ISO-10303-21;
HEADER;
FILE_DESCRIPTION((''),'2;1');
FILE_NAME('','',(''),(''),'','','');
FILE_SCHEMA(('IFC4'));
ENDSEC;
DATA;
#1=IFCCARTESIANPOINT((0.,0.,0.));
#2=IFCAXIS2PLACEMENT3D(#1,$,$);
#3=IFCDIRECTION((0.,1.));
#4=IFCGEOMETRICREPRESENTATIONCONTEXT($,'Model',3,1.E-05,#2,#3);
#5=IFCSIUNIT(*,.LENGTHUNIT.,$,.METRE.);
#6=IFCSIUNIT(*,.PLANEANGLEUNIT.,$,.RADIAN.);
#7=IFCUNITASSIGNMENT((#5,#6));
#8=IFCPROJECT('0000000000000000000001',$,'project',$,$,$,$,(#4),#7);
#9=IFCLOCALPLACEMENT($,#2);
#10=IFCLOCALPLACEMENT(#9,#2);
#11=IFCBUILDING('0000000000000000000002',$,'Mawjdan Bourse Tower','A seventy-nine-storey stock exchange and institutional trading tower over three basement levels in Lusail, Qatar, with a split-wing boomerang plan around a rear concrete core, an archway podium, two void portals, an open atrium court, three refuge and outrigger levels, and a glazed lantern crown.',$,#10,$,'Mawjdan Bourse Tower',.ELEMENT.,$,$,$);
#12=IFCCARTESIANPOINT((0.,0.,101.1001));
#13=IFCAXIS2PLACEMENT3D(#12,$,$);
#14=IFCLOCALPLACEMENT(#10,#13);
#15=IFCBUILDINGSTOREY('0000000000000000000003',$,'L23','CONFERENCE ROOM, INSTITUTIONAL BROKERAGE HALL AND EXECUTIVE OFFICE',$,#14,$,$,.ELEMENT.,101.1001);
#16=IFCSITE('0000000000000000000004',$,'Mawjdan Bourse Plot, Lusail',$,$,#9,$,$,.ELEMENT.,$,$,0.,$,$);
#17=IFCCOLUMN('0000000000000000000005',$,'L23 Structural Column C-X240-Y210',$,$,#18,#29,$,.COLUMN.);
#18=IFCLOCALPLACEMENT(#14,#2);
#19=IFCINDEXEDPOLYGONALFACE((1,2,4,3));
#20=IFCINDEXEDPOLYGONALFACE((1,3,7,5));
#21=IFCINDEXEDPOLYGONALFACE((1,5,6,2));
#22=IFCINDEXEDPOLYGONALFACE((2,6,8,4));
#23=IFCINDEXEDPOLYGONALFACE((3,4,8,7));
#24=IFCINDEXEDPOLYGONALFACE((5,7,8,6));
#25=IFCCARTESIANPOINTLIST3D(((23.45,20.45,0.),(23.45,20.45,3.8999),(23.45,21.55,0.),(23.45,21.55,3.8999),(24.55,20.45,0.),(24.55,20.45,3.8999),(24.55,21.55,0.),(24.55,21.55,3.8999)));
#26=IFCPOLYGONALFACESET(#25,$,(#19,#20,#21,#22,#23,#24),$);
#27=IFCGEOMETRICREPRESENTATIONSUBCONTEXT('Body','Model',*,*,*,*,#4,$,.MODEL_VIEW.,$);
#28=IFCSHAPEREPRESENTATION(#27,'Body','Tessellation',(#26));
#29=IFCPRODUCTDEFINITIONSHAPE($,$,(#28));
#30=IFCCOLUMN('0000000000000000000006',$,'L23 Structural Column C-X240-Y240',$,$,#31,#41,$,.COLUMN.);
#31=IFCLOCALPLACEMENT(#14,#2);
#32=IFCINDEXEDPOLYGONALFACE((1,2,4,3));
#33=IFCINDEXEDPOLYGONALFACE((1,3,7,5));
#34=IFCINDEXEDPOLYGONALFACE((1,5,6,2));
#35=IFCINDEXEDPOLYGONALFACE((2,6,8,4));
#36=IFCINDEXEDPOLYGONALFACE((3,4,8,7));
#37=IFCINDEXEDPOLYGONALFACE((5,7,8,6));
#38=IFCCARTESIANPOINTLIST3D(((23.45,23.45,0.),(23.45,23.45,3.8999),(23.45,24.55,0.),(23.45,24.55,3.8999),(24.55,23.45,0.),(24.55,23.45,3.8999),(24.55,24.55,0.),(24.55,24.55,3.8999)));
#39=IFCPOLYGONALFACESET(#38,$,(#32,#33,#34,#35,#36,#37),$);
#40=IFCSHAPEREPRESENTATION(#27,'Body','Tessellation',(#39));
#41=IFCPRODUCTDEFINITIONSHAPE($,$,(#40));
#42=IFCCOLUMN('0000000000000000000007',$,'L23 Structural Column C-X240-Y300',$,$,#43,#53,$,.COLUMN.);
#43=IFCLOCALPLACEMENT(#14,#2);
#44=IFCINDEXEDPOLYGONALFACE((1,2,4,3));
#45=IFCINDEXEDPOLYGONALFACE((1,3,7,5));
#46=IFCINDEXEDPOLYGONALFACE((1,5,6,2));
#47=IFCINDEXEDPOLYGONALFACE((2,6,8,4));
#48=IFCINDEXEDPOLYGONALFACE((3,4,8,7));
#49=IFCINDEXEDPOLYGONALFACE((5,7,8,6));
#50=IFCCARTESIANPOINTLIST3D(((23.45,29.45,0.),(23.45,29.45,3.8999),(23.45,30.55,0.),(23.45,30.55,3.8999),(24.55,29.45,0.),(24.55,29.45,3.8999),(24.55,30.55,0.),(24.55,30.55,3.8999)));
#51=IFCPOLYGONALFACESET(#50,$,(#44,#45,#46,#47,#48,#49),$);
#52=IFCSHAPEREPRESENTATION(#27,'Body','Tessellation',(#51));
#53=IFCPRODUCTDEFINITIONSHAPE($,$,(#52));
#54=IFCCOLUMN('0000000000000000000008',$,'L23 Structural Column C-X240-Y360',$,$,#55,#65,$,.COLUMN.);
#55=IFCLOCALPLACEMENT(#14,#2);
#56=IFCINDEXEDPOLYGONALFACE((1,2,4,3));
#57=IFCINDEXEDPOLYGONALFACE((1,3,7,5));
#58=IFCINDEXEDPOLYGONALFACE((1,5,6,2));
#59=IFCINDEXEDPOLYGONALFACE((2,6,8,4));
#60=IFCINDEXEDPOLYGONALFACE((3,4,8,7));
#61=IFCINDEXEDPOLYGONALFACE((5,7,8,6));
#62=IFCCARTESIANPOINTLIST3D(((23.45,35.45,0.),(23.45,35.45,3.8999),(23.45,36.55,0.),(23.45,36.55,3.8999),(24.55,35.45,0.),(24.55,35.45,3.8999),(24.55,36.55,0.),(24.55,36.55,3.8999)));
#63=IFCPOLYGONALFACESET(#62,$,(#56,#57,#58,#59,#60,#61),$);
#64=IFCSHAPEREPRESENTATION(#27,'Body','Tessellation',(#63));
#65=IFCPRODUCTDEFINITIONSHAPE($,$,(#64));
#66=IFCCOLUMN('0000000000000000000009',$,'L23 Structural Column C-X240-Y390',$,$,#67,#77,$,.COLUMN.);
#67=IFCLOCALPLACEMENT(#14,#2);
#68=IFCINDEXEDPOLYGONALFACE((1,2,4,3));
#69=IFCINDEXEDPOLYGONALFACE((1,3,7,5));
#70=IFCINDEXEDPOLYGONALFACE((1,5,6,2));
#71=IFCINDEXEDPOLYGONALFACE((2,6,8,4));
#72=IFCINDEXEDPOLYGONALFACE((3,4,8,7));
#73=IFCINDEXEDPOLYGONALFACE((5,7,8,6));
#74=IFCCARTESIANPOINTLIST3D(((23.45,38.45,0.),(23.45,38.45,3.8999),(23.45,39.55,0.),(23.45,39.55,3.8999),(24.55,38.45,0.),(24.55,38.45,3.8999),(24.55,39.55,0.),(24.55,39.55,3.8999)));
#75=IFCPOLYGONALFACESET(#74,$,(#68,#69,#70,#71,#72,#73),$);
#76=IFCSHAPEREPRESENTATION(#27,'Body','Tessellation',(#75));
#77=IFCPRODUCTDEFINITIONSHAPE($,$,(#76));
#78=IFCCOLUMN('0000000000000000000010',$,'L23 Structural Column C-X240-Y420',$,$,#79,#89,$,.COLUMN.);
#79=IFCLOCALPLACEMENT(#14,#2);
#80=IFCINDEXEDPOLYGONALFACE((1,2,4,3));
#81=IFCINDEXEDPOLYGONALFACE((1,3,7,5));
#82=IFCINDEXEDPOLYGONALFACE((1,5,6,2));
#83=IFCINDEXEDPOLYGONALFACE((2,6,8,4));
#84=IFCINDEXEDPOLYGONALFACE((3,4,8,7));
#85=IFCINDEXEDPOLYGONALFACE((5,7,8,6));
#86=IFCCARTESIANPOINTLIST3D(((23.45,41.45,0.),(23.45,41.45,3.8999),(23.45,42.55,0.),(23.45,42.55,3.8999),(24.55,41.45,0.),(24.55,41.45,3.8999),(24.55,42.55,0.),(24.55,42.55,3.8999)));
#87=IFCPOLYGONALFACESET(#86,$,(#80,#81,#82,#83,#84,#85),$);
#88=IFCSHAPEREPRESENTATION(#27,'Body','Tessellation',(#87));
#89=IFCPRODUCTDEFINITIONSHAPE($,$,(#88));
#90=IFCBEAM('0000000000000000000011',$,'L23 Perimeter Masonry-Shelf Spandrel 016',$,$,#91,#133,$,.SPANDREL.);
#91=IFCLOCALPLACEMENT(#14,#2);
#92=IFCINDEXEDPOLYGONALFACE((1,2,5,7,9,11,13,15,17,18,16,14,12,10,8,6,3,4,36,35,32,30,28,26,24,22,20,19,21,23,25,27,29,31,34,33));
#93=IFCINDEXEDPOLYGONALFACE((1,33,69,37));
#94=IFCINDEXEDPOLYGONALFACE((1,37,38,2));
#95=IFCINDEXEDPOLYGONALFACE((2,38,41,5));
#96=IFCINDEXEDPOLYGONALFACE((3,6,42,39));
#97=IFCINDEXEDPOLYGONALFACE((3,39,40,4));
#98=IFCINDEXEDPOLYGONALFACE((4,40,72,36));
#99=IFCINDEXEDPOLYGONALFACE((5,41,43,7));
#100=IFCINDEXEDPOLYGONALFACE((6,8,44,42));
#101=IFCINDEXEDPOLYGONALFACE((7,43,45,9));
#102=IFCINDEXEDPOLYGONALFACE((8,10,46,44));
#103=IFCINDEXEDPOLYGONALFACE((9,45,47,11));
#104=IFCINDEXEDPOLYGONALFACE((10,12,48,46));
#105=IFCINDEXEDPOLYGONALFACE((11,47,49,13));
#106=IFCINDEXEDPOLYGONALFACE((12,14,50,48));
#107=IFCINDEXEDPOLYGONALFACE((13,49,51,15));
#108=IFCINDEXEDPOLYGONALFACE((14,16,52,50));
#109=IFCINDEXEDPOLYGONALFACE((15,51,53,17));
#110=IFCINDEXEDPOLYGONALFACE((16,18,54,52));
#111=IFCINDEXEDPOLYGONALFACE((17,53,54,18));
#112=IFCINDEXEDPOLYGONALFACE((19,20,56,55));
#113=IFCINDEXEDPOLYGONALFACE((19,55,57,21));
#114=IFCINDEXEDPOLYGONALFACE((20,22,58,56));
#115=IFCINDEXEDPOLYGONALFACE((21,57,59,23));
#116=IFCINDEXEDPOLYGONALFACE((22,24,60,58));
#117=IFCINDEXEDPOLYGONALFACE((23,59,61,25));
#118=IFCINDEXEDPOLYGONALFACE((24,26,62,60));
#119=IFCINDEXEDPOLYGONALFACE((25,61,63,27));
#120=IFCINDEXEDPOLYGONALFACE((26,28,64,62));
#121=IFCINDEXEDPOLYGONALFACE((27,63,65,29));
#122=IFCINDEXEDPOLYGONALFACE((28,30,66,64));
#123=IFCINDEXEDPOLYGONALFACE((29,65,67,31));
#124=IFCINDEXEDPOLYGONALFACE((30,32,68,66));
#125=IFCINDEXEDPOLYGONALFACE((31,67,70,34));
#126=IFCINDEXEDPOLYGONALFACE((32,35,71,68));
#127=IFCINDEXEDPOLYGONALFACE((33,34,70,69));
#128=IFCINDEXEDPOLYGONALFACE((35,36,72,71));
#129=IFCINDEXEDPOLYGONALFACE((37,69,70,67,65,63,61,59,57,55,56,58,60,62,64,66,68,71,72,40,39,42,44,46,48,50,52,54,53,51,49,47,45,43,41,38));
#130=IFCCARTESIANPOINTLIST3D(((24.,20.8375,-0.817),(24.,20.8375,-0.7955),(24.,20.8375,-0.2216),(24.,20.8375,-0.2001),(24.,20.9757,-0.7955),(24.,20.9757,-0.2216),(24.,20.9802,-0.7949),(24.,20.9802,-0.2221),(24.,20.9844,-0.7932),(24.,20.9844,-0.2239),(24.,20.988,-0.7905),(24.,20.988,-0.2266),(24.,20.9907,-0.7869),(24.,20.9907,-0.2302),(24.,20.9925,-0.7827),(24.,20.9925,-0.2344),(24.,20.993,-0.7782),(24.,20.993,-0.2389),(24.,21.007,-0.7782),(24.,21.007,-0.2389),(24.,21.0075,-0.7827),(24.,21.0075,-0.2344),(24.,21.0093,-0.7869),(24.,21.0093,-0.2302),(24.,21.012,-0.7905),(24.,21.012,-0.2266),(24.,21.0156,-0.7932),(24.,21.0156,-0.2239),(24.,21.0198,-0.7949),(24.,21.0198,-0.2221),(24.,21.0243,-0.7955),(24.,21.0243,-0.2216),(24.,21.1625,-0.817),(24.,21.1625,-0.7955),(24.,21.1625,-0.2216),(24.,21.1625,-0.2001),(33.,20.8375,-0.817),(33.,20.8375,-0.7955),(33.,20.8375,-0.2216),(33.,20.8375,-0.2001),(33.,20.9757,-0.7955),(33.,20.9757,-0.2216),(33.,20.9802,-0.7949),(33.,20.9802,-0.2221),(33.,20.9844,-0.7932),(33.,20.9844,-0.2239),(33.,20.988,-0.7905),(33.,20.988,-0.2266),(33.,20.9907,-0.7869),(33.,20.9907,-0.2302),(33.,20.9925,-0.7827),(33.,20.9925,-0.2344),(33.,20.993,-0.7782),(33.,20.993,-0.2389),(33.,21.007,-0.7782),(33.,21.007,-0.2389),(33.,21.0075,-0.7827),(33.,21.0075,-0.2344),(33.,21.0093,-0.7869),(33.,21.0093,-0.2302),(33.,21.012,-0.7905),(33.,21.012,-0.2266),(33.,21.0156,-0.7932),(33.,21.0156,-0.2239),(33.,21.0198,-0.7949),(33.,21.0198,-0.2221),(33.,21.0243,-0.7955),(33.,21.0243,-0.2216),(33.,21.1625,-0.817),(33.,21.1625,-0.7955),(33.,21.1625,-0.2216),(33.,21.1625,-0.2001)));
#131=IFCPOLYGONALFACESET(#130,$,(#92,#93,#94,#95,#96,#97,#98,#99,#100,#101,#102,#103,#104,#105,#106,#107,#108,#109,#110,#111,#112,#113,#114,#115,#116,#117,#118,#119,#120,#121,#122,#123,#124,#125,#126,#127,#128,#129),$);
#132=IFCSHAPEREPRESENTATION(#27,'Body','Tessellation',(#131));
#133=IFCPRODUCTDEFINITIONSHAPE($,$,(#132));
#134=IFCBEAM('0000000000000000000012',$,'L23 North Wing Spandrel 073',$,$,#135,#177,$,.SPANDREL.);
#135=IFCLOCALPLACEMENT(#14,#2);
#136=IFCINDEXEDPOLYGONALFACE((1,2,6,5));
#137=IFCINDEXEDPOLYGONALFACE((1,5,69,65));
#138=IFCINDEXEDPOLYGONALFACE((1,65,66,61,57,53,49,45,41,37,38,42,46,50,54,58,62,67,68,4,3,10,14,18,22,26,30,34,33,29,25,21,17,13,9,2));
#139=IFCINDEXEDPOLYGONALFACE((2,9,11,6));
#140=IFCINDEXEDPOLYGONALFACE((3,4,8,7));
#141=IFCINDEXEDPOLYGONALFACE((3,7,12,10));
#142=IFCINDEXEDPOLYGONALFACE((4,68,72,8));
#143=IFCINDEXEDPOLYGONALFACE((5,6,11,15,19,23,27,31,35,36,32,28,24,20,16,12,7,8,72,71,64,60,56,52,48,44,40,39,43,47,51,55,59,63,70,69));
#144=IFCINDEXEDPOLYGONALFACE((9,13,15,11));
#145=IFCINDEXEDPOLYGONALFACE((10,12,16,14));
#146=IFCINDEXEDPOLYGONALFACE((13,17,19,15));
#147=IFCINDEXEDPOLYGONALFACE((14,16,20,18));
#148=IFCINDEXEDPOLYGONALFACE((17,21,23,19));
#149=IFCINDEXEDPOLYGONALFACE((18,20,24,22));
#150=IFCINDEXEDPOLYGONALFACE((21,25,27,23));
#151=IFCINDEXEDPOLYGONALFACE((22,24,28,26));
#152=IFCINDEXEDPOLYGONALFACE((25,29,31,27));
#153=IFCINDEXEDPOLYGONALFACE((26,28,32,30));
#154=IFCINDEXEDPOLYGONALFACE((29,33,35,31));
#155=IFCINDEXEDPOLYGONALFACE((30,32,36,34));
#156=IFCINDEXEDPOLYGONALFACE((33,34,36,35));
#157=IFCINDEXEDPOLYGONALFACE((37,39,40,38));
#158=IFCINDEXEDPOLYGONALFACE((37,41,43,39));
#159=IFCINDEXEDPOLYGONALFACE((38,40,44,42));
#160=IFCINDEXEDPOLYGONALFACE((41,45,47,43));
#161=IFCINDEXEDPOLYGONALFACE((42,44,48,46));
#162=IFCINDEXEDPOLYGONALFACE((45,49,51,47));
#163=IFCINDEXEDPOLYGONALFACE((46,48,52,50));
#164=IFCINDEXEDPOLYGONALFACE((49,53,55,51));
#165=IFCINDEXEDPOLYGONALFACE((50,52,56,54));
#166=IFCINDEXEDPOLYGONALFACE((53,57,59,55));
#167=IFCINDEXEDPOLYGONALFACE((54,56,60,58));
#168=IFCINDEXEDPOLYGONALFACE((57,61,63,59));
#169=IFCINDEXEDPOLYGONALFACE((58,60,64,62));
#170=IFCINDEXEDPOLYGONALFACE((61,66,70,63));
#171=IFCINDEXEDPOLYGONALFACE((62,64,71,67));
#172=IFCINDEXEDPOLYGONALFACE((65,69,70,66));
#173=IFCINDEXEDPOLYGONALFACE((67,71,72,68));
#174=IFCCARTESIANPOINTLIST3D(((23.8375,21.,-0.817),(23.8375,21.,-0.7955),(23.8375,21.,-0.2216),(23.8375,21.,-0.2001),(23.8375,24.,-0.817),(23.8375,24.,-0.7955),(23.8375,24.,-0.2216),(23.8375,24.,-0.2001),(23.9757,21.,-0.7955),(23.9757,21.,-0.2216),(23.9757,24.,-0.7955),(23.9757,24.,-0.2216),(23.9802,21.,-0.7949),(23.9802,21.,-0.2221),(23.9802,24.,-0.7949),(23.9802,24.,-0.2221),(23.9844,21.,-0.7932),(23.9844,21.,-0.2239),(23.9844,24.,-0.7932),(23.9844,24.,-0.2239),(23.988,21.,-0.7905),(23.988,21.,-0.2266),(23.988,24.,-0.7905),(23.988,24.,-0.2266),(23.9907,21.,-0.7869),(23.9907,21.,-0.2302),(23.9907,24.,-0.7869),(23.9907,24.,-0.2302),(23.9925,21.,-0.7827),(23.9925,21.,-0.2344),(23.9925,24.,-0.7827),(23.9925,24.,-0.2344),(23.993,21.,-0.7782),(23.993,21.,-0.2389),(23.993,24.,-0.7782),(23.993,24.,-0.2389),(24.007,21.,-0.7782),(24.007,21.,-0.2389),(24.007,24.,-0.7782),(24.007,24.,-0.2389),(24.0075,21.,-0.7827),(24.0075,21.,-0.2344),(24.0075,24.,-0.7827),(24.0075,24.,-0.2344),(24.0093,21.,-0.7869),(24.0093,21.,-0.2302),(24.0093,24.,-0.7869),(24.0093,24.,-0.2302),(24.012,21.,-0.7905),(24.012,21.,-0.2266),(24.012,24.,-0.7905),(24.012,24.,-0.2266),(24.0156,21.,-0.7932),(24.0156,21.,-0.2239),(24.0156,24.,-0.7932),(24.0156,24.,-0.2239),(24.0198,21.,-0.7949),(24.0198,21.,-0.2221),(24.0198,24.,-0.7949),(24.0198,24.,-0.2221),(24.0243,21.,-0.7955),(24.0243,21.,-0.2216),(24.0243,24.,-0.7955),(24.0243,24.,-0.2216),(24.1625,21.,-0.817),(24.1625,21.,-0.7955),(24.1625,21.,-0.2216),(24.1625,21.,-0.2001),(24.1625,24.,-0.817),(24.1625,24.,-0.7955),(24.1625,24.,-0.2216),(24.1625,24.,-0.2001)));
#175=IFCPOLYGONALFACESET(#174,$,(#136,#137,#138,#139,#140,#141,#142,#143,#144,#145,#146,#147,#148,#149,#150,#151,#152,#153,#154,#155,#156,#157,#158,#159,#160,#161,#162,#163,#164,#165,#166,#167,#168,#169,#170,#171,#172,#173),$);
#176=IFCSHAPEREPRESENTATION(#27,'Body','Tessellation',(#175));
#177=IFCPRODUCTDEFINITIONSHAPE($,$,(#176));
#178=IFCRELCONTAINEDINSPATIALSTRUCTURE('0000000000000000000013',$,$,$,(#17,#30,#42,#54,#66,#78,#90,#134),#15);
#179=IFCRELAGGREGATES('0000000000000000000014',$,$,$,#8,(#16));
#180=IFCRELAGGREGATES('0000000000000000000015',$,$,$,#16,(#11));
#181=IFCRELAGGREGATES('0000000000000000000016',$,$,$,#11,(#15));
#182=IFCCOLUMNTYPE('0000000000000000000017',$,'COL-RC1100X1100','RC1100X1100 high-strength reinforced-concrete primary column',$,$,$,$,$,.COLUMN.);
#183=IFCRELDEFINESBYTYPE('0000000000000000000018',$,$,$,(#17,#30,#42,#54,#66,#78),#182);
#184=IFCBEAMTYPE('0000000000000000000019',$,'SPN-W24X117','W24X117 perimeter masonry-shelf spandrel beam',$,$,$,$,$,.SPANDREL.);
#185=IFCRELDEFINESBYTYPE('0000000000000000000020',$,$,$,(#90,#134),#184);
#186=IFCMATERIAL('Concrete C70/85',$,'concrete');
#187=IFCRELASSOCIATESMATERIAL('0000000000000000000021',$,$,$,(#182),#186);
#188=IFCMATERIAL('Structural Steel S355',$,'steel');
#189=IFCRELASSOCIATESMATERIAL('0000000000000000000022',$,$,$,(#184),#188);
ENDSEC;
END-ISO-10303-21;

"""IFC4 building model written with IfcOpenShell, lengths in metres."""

from ifc_helpers import new_model, si_unit, direction, frame, origin, origin_2d, place, context, subcontext, project, spatial, rectangle, i_section, extrude, material, material_profile, profile_set, type_object, element, save


model = new_model("IFC4")

# Units and contexts
model_context = context("Model", 3, precision=1e-05, world=origin(), true_north=direction((0.0, 1.0)))
body_context = subcontext(model_context, "Body", "Model", "MODEL_VIEW")
ifc_project = project(units=[si_unit("LENGTHUNIT", "METRE"), si_unit("PLANEANGLEUNIT", "RADIAN")], contexts=[model_context])

# Site, building, storey
site_placement = place(None, origin())
site = spatial("IfcSite", under=ifc_project, at=site_placement, Name="Mawjdan Bourse Plot, Lusail", CompositionType="ELEMENT", RefElevation=0.0)
building_placement = place(site_placement, origin())
building = spatial("IfcBuilding", under=site, at=building_placement, Name="Mawjdan Bourse Tower", Description="A seventy-nine-storey stock exchange and institutional trading tower over three basement levels in Lusail, Qatar, with a split-wing boomerang plan around a rear concrete core, an archway podium, two void portals, an open atrium court, three refuge and outrigger levels, and a glazed lantern crown.", LongName="Mawjdan Bourse Tower", CompositionType="ELEMENT")
storey_placement = place(building_placement, frame((0.0, 0.0, 101.1001)))
storey = spatial("IfcBuildingStorey", under=building, at=storey_placement, Name="L23", Description="CONFERENCE ROOM, INSTITUTIONAL BROKERAGE HALL AND EXECUTIVE OFFICE", CompositionType="ELEMENT", Elevation=101.1001)

# Columns
ifc_material_1 = material(Name="Concrete C70/85", Category="concrete")
ifc_material_profile_1 = material_profile(ifc_material_1, rectangle(XDim=1.1001, YDim=1.1001, at=origin_2d()), Name="RC1100X1100")
ifc_profile_set_1 = profile_set([ifc_material_profile_1], Name="Concrete C70/85")
column_type = type_object("IfcColumnType", Name="COL-RC1100X1100", Description="RC1100X1100 high-strength reinforced-concrete primary column", PredefinedType="COLUMN", material=ifc_profile_set_1)
for number, where, z_axis, x_axis, name in (
    (1, (24.0, 21.0, 0.0), (0.0, 0.0, 1.0), (1.0, 0.0, 0.0), "L23 Structural Column C-X240-Y210"),
    (2, (24.0, 24.0, 0.0), (0.0, 0.0, 1.0), (1.0, 0.0, 0.0), "L23 Structural Column C-X240-Y240"),
    (3, (24.0, 30.0, 0.0), (0.0, 0.0, 1.0), (1.0, 0.0, 0.0), "L23 Structural Column C-X240-Y300"),
    (4, (24.0, 36.0, 0.0), (0.0, 0.0, 1.0), (1.0, 0.0, 0.0), "L23 Structural Column C-X240-Y360"),
    (5, (24.0, 39.0, 0.0), (0.0, 0.0, 1.0), (1.0, 0.0, 0.0), "L23 Structural Column C-X240-Y390"),
    (6, (24.0, 42.0, 0.0), (0.0, 0.0, 1.0), (1.0, 0.0, 0.0), "L23 Structural Column C-X240-Y420"),
):
    element("IfcColumn", number, at=place(storey_placement, frame(where, z_axis=z_axis, x_axis=x_axis)), inside=storey, type_object=column_type, Name=name, PredefinedType="COLUMN", context=body_context, shape_type="SweptSolid", body=[
        extrude(rectangle(XDim=1.1001, YDim=1.1001, at=origin_2d()), origin(), (0.0, 0.0, 1.0), 3.8999),
    ])

# Beams
ifc_material_2 = material(Name="Structural Steel S355", Category="steel")
ifc_material_profile_2 = material_profile(ifc_material_2, i_section(OverallWidth=0.325, OverallDepth=0.6169, WebThickness=0.0139, FlangeThickness=0.0215, FilletRadius=0.0173, at=origin_2d()), Name="W24X117")
ifc_profile_set_2 = profile_set([ifc_material_profile_2], Name="Structural Steel S355")
beam_type = type_object("IfcBeamType", Name="SPN-W24X117", Description="W24X117 perimeter masonry-shelf spandrel beam", PredefinedType="SPANDREL", material=ifc_profile_set_2)
beam_1_placement = place(storey_placement, frame((24.0, 21.0, -0.5085), z_axis=(1.0, 0.0, 0.0), x_axis=(0.0, 1.0, 0.0)))
element("IfcBeam", 7, at=beam_1_placement, inside=storey, type_object=beam_type, Name="L23 Perimeter Masonry-Shelf Spandrel 016", PredefinedType="SPANDREL", context=body_context, shape_type="SweptSolid", body=[
    extrude(i_section(OverallWidth=0.325, OverallDepth=0.6169, WebThickness=0.0139, FlangeThickness=0.0215, FilletRadius=0.0173, at=origin_2d()), origin(), (0.0, 0.0, 1.0), 9.0),
])
beam_2_placement = place(storey_placement, frame((24.0, 21.0, -0.5085), z_axis=(0.0, 1.0, 0.0), x_axis=(-1.0, 0.0, 0.0)))
element("IfcBeam", 8, at=beam_2_placement, inside=storey, type_object=beam_type, Name="L23 North Wing Spandrel 073", PredefinedType="SPANDREL", context=body_context, shape_type="SweptSolid", body=[
    extrude(i_section(OverallWidth=0.325, OverallDepth=0.6169, WebThickness=0.0139, FlangeThickness=0.0215, FilletRadius=0.0173, at=origin_2d()), origin(), (0.0, 0.0, 1.0), 3.0),
])

save(model, "model.ifc")
